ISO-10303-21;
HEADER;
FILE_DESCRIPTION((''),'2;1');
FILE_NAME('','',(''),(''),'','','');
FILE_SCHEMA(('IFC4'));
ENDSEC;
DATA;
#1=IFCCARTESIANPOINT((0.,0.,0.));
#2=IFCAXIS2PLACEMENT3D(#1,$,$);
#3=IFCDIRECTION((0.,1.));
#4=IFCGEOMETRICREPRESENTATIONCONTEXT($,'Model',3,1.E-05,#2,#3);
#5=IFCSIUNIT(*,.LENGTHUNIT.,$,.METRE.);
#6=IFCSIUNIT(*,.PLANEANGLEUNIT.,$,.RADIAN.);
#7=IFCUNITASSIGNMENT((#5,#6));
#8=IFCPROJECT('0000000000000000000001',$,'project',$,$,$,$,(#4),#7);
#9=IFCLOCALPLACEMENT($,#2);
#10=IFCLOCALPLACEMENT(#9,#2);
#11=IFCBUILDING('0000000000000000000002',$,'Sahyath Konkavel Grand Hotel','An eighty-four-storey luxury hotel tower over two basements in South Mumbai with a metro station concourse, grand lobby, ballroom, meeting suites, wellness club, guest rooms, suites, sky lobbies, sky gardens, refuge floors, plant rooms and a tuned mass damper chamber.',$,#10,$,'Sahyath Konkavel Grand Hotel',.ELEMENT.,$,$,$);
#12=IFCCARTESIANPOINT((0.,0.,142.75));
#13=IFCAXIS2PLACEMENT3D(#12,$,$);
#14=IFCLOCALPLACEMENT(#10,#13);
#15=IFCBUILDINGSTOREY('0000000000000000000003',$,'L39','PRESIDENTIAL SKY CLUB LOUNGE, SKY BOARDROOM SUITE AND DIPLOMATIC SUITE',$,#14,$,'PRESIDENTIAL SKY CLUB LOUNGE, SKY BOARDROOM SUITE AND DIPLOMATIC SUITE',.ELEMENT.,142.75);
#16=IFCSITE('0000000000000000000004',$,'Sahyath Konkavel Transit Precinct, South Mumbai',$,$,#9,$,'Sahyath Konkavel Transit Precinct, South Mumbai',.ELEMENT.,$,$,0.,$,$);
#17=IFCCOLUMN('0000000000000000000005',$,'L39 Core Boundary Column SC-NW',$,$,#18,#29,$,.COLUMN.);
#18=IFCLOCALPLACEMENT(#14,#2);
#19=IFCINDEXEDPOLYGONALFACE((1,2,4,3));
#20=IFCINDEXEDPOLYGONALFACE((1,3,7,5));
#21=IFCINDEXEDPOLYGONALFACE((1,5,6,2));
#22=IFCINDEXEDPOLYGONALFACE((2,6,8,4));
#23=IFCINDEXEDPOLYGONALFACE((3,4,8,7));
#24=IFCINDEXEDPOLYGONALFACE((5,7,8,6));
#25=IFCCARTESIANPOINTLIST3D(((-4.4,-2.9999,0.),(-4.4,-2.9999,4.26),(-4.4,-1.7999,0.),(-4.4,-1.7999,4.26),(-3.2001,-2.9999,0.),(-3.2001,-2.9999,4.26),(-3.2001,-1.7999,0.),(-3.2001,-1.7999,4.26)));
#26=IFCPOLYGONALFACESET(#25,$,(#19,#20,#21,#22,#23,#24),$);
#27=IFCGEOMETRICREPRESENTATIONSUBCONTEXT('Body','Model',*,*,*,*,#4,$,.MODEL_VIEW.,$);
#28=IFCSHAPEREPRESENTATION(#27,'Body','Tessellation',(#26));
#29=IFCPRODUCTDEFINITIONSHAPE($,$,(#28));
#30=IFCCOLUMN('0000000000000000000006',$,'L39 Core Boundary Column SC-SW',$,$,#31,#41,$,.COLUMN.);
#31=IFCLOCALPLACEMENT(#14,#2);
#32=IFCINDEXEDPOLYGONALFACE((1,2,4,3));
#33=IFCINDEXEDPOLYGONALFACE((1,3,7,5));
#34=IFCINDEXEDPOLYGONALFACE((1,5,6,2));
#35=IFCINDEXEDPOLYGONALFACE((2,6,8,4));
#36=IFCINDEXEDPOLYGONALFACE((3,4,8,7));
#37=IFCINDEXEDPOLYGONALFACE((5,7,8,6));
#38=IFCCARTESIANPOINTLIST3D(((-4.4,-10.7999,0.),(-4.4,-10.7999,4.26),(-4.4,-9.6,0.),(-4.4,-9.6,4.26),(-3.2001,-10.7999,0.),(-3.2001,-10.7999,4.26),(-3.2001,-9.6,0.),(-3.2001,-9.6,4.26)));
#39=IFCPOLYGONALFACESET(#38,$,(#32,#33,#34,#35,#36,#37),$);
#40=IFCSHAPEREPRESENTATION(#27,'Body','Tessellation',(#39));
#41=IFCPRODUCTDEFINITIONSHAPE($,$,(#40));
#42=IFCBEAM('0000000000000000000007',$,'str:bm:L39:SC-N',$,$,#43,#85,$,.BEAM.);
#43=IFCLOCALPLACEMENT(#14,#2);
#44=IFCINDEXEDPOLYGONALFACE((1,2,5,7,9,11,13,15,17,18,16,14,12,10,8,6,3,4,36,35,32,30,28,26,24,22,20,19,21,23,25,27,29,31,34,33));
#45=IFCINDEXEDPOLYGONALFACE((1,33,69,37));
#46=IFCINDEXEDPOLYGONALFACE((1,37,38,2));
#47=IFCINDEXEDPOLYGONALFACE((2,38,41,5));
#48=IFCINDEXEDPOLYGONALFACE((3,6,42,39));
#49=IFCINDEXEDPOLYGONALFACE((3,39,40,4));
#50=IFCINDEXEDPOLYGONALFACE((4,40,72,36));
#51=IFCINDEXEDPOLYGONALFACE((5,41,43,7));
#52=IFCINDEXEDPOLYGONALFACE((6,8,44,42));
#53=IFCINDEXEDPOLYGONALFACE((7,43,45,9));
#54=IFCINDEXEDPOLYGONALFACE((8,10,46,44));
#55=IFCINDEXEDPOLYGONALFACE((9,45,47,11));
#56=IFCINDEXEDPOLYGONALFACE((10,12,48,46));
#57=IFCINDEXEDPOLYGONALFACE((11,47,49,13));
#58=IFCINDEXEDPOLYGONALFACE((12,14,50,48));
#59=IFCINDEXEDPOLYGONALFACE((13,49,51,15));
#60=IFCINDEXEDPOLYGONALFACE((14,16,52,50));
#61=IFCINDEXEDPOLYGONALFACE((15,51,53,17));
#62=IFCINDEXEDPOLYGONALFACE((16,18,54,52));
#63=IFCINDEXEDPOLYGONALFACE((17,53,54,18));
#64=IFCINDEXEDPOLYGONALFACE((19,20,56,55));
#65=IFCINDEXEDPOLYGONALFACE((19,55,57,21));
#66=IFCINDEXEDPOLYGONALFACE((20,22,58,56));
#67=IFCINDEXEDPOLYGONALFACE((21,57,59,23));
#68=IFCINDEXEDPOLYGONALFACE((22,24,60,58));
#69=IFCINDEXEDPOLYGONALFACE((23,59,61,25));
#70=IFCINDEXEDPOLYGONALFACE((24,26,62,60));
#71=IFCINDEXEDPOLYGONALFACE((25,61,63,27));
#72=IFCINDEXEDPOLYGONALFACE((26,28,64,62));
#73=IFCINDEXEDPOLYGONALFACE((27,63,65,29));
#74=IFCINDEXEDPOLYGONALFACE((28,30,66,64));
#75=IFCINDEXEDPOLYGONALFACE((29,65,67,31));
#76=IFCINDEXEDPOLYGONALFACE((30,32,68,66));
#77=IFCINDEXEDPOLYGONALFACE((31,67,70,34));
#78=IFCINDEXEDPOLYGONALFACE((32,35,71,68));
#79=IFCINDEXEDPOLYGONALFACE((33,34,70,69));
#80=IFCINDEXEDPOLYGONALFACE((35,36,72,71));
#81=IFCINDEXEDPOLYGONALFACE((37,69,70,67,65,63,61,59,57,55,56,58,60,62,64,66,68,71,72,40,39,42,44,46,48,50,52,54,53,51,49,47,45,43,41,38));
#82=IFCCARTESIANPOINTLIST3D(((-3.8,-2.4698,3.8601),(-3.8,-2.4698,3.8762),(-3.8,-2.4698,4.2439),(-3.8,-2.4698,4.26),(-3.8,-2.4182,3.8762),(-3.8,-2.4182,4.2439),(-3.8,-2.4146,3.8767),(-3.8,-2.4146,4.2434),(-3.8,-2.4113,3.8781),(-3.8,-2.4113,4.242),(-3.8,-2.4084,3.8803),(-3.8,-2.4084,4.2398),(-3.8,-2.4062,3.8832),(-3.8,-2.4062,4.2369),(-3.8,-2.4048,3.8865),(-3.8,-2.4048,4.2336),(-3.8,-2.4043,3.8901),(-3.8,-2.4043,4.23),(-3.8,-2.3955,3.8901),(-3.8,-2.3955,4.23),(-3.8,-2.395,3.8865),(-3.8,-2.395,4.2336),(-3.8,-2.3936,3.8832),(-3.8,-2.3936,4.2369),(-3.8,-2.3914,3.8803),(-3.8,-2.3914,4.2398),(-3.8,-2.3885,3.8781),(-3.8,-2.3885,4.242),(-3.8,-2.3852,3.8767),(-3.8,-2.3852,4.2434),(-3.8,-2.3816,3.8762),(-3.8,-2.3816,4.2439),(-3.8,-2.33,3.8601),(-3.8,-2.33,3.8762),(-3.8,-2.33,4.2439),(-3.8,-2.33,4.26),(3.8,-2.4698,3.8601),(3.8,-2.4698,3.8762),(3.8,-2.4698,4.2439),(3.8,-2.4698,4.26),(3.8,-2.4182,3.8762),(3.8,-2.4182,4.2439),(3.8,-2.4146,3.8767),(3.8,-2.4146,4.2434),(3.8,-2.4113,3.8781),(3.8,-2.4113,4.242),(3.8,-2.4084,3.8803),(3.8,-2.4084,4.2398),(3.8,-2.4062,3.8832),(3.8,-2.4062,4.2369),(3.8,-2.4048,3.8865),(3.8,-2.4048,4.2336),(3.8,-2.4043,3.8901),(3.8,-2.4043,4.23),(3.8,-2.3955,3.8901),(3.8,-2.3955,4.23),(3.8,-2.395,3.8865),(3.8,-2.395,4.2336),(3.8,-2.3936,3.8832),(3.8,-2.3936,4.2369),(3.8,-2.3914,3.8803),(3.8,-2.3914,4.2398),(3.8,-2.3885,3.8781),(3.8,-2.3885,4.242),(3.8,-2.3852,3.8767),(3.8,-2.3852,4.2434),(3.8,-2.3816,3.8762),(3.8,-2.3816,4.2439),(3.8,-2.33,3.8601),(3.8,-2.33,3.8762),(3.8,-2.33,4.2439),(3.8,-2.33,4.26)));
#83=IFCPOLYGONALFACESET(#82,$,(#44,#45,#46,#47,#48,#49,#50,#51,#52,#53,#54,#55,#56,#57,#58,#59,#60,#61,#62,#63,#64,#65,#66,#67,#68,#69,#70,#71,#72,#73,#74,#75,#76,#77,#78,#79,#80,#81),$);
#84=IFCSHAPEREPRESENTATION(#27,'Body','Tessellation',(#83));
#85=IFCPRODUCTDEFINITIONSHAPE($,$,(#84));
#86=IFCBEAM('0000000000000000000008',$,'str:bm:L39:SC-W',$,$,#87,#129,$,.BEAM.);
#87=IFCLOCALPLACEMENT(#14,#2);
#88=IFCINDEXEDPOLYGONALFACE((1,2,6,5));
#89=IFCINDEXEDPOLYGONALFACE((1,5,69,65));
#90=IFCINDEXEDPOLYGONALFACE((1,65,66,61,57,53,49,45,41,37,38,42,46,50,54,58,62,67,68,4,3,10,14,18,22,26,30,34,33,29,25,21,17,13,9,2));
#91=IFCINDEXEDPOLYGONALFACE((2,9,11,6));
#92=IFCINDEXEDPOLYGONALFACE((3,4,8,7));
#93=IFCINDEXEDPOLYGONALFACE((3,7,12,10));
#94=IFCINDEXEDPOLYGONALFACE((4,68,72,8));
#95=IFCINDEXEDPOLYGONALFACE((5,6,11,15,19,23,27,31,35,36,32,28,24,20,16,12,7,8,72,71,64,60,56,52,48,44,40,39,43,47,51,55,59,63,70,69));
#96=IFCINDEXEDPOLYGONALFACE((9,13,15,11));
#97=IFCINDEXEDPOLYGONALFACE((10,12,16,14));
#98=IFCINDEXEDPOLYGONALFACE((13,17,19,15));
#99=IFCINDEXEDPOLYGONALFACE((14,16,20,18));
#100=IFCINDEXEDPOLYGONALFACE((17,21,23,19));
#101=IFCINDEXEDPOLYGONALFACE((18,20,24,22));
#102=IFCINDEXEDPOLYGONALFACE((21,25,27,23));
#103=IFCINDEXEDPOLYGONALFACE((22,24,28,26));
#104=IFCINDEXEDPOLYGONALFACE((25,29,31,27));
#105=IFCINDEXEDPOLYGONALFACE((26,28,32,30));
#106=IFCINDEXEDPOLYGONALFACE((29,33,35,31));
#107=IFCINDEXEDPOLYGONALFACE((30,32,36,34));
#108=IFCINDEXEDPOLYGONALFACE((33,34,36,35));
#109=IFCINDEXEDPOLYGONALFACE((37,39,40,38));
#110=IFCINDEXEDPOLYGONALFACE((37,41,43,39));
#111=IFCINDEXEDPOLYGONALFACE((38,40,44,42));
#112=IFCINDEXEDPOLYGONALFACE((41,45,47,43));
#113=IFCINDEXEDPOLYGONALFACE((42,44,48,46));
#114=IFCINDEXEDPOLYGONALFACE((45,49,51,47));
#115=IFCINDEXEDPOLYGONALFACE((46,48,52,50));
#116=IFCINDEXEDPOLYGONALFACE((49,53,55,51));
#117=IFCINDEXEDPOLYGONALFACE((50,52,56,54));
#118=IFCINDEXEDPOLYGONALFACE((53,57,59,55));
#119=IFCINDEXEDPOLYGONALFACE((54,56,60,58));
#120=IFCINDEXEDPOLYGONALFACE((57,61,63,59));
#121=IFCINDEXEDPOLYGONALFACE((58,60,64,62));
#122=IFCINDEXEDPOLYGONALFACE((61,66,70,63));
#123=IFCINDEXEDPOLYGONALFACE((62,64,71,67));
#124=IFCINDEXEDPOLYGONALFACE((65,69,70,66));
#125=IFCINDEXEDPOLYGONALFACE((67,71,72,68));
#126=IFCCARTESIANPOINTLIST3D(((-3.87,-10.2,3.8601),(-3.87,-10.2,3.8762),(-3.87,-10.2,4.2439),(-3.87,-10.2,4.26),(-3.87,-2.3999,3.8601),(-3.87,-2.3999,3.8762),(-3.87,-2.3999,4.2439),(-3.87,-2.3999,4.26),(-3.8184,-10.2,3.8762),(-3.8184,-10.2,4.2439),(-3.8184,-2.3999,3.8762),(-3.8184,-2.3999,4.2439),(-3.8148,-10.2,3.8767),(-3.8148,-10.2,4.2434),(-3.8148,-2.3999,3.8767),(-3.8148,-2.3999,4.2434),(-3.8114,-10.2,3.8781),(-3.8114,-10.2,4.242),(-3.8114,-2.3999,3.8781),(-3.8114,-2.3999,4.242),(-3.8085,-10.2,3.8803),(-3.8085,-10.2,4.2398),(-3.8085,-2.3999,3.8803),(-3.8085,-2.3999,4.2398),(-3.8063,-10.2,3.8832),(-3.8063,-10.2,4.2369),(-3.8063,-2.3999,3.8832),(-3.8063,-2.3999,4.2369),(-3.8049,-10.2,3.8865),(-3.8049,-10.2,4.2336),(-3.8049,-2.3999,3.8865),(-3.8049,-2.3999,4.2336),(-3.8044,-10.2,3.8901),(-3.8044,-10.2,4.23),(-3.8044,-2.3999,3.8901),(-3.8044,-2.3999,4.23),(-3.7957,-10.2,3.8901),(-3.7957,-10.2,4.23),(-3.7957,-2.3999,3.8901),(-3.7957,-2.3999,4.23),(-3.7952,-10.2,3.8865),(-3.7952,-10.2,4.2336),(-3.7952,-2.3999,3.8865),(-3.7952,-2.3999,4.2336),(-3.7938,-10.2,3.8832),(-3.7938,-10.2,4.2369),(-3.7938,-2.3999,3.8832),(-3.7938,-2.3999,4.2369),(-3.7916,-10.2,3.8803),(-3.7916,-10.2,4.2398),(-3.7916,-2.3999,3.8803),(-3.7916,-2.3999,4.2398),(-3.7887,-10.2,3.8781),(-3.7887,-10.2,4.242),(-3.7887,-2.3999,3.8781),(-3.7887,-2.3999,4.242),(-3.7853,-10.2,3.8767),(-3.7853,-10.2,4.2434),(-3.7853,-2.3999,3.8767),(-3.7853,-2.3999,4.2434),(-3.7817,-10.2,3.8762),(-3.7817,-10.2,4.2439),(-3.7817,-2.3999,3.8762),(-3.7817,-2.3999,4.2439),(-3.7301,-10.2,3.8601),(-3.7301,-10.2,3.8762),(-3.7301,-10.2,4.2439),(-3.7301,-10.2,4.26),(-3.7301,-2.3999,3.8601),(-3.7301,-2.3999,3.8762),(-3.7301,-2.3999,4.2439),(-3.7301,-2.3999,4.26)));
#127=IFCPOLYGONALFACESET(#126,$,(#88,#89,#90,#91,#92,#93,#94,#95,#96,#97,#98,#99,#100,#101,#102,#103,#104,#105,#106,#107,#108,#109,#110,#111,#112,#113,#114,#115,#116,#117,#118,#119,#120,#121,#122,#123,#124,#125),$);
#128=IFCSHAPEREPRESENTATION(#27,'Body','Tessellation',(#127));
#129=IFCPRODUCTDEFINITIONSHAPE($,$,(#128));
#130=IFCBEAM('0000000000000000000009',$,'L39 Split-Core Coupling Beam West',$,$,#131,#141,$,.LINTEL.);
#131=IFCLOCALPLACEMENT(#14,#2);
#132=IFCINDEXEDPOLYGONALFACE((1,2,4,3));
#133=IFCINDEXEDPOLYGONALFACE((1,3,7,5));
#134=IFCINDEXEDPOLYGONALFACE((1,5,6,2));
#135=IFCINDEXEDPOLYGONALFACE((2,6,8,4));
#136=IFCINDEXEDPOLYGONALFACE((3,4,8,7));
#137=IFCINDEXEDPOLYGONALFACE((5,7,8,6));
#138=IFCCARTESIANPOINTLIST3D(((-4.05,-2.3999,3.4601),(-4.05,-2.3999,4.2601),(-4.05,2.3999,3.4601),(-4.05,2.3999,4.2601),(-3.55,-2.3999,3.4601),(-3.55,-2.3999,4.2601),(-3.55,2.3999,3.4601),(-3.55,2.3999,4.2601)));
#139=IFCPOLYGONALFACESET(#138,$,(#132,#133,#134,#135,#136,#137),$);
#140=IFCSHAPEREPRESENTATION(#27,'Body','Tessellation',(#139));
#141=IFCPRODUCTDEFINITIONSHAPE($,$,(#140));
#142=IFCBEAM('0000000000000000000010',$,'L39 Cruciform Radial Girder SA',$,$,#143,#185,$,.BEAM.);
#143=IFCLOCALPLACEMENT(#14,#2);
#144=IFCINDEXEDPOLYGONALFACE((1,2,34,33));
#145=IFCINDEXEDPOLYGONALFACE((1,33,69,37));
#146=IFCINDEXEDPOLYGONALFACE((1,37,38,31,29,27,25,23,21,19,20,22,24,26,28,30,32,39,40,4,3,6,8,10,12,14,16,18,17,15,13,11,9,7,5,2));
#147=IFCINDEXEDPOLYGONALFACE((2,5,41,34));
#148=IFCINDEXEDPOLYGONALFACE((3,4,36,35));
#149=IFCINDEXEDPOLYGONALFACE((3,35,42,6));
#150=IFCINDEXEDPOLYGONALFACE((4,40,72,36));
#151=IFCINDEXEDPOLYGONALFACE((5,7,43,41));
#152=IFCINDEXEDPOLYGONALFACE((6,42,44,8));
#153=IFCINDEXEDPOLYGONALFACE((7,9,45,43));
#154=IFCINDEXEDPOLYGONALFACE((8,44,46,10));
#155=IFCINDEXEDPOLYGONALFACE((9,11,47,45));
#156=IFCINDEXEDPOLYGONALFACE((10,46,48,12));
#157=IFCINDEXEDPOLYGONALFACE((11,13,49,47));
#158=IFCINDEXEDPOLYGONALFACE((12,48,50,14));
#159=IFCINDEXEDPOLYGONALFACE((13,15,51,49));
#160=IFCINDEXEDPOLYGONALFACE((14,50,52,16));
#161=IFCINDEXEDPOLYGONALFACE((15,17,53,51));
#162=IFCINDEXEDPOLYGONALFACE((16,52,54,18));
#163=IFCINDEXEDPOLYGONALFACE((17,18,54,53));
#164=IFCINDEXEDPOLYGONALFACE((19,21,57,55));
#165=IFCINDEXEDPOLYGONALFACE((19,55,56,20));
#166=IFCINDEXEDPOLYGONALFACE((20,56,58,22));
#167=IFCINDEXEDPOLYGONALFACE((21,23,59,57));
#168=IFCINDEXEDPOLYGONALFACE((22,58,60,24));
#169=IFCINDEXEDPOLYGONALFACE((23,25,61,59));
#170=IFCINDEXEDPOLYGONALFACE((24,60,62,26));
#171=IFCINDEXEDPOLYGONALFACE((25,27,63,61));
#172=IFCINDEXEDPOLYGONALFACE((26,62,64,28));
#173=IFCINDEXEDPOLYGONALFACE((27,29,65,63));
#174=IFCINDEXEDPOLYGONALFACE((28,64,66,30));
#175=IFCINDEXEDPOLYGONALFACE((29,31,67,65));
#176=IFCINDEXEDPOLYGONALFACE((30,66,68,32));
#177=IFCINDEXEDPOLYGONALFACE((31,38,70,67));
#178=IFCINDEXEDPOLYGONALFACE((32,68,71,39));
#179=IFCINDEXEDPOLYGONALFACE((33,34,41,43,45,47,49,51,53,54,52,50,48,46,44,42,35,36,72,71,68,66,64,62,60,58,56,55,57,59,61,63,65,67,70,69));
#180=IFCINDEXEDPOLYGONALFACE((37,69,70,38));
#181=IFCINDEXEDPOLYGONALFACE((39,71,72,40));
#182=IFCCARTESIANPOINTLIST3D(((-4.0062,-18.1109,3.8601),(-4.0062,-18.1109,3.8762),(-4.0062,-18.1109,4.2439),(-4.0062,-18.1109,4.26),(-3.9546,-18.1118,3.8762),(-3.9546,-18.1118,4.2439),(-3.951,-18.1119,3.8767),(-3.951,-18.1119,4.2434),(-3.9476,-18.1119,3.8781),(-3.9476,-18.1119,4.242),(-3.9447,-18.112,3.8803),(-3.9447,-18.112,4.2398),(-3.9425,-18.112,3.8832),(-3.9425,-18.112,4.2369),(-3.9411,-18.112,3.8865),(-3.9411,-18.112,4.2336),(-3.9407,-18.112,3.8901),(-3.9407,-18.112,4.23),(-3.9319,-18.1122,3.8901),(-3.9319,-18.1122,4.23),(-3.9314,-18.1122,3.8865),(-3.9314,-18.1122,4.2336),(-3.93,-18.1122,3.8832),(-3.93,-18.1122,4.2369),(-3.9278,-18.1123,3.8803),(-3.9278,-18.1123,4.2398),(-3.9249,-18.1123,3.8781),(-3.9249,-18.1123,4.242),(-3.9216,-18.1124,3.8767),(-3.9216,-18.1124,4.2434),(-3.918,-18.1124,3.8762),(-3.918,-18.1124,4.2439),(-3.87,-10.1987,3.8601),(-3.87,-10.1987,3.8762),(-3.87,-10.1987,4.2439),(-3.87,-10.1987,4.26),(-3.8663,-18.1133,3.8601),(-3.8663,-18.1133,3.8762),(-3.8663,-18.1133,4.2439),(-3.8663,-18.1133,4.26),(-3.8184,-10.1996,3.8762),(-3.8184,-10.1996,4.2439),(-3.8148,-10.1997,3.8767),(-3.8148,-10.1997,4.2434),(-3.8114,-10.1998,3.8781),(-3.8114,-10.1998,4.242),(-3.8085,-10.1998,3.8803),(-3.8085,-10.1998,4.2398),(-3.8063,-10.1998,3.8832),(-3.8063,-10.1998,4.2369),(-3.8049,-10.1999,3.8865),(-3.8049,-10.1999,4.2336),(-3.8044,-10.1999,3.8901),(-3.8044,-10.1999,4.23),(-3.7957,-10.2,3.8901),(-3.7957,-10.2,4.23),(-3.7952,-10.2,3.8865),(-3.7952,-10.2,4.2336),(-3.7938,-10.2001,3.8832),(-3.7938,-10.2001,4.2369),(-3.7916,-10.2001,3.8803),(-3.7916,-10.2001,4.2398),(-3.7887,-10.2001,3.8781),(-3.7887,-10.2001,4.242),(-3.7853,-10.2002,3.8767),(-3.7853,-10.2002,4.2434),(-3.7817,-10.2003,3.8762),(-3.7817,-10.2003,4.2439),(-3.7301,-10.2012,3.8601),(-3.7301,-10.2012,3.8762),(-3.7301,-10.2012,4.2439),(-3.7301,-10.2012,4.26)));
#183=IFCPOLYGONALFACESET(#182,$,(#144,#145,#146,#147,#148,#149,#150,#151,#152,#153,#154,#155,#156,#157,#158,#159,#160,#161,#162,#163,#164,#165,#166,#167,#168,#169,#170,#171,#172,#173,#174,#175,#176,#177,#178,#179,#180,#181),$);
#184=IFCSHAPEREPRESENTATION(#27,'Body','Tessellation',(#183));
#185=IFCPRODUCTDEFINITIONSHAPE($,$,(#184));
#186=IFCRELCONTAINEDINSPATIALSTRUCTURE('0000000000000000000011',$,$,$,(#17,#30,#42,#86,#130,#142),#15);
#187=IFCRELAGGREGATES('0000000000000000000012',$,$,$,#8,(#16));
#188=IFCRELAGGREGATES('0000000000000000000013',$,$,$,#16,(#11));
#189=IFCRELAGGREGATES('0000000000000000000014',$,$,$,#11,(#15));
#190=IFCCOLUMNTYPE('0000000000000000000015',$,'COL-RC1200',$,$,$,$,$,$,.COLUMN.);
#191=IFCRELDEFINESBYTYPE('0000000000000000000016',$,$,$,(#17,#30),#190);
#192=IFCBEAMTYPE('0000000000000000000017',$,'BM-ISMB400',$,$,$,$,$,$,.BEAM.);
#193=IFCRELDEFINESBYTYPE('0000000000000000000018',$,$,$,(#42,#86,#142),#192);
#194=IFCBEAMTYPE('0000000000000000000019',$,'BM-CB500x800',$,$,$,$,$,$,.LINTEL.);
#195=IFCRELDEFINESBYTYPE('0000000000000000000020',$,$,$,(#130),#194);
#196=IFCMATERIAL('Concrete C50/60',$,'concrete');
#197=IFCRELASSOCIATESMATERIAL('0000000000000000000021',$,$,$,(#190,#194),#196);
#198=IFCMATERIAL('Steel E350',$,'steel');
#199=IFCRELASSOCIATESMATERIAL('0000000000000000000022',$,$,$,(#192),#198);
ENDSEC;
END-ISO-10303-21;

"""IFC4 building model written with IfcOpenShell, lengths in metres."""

from ifc_helpers import new_model, si_unit, direction, frame, origin, origin_2d, place, context, subcontext, project, spatial, rectangle, i_section, extrude, source, transform, mapped, material, material_profile, profile_set, type_object, element, save


model = new_model("IFC4")

# Units and contexts
model_context = context("Model", 3, precision=1e-05, world=origin(), true_north=direction((0.0, 1.0)))
body_context = subcontext(model_context, "Body", "Model", "MODEL_VIEW")
ifc_project = project(units=[si_unit("LENGTHUNIT", "METRE"), si_unit("PLANEANGLEUNIT", "RADIAN")], contexts=[model_context])

# Site, building, storey
site_placement = place(None, origin())
site = spatial("IfcSite", under=ifc_project, at=site_placement, Name="Sahyath Konkavel Transit Precinct, South Mumbai", LongName="Sahyath Konkavel Transit Precinct, South Mumbai", CompositionType="ELEMENT", RefElevation=0.0)
building_placement = place(site_placement, origin())
building = spatial("IfcBuilding", under=site, at=building_placement, Name="Sahyath Konkavel Grand Hotel", Description="An eighty-four-storey luxury hotel tower over two basements in South Mumbai with a metro station concourse, grand lobby, ballroom, meeting suites, wellness club, guest rooms, suites, sky lobbies, sky gardens, refuge floors, plant rooms and a tuned mass damper chamber.", LongName="Sahyath Konkavel Grand Hotel", CompositionType="ELEMENT")
storey_placement = place(building_placement, frame((0.0, 0.0, 142.75)))
storey = spatial("IfcBuildingStorey", under=building, at=storey_placement, Name="L39", Description="PRESIDENTIAL SKY CLUB LOUNGE, SKY BOARDROOM SUITE AND DIPLOMATIC SUITE", LongName="PRESIDENTIAL SKY CLUB LOUNGE, SKY BOARDROOM SUITE AND DIPLOMATIC SUITE", CompositionType="ELEMENT", Elevation=142.75)

# Columns
ifc_material_1 = material(Name="Concrete C50/60", Category="concrete")
ifc_material_profile_1 = material_profile(ifc_material_1, rectangle(XDim=1.2, YDim=1.2, at=origin_2d()), Name="RC 1200x1200")
ifc_profile_set_1 = profile_set([ifc_material_profile_1], Name="Concrete C50/60")
column_type = type_object("IfcColumnType", Name="COL-RC1200", PredefinedType="COLUMN", material=ifc_profile_set_1)
shared_shape_1 = source(origin(), body_context, "Body", "SweptSolid", [
    extrude(rectangle(XDim=1.2, YDim=1.2, at=origin_2d()), origin(), (0.0, 0.0, 1.0), 4.26),
])
for number, where, z_axis, x_axis, name in (
    (1, (-3.8, -2.3999, 0.0), (0.0, 0.0, 1.0), (1.0, 0.0, 0.0), "L39 Core Boundary Column SC-NW"),
    (2, (-3.8, -10.2, 0.0), (0.0, 0.0, 1.0), (1.0, 0.0, 0.0), "L39 Core Boundary Column SC-SW"),
):
    element("IfcColumn", number, at=place(storey_placement, frame(where, z_axis=z_axis, x_axis=x_axis)), inside=storey, type_object=column_type, Name=name, PredefinedType="COLUMN", context=body_context, shape_type="MappedRepresentation", body=[
        mapped(shared_shape_1, transform((0.0, 0.0, 0.0), scale=1.0)),
    ])

# Beams
ifc_material_2 = material(Name="Steel E350", Category="steel")
ifc_material_profile_2 = material_profile(ifc_material_2, i_section(OverallWidth=0.1399, OverallDepth=0.3999, WebThickness=0.0088, FlangeThickness=0.0161, FilletRadius=0.0139, at=origin_2d()), Name="ISMB 400")
ifc_profile_set_2 = profile_set([ifc_material_profile_2], Name="Steel E350")
beam_type_1 = type_object("IfcBeamType", Name="BM-ISMB400", PredefinedType="BEAM", material=ifc_profile_set_2)
shared_shape_2 = source(origin(), body_context, "Body", "SweptSolid", [
    extrude(i_section(OverallWidth=0.1399, OverallDepth=0.3999, WebThickness=0.0088, FlangeThickness=0.0161, FilletRadius=0.0139, at=origin_2d()), origin(), (0.0, 0.0, 1.0), 7.6001),
])
beam_1_placement = place(storey_placement, frame((-3.8, -2.3999, 4.0601), z_axis=(1.0, 0.0, 0.0), x_axis=(0.0, 1.0, 0.0)))
element("IfcBeam", 3, at=beam_1_placement, inside=storey, type_object=beam_type_1, Name="str:bm:L39:SC-N", PredefinedType="BEAM", context=body_context, shape_type="MappedRepresentation", body=[
    mapped(shared_shape_2, transform((0.0, 0.0, 0.0), scale=1.0)),
])
shared_shape_3 = source(origin(), body_context, "Body", "SweptSolid", [
    extrude(i_section(OverallWidth=0.1399, OverallDepth=0.3999, WebThickness=0.0088, FlangeThickness=0.0161, FilletRadius=0.0139, at=origin_2d()), origin(), (0.0, 0.0, 1.0), 7.8),
])
beam_2_placement = place(storey_placement, frame((-3.8, -10.2, 4.0601), z_axis=(0.0, 1.0, 0.0), x_axis=(-1.0, 0.0, 0.0)))
element("IfcBeam", 4, at=beam_2_placement, inside=storey, type_object=beam_type_1, Name="str:bm:L39:SC-W", PredefinedType="BEAM", context=body_context, shape_type="MappedRepresentation", body=[
    mapped(shared_shape_3, transform((0.0, 0.0, 0.0), scale=1.0)),
])
ifc_material_profile_3 = material_profile(ifc_material_1, rectangle(XDim=0.5, YDim=0.8, at=origin_2d()), Name="RC 500x800")
ifc_profile_set_3 = profile_set([ifc_material_profile_3], Name="Concrete C50/60")
beam_type_2 = type_object("IfcBeamType", Name="BM-CB500x800", PredefinedType="LINTEL", material=ifc_profile_set_3)
shared_shape_4 = source(origin(), body_context, "Body", "SweptSolid", [
    extrude(rectangle(XDim=0.5, YDim=0.8, at=origin_2d()), origin(), (0.0, 0.0, 1.0), 4.7998),
])
beam_3_placement = place(storey_placement, frame((-3.8, -2.3999, 3.8601), z_axis=(0.0, 1.0, 0.0), x_axis=(-1.0, 0.0, 0.0)))
element("IfcBeam", 5, at=beam_3_placement, inside=storey, type_object=beam_type_2, Name="L39 Split-Core Coupling Beam West", PredefinedType="LINTEL", context=body_context, shape_type="MappedRepresentation", body=[
    mapped(shared_shape_4, transform((0.0, 0.0, 0.0), scale=1.0)),
])
shared_shape_5 = source(origin(), body_context, "Body", "SweptSolid", [
    extrude(i_section(OverallWidth=0.1399, OverallDepth=0.3999, WebThickness=0.0088, FlangeThickness=0.0161, FilletRadius=0.0139, at=origin_2d()), origin(), (0.0, 0.0, 1.0), 7.9133),
])
beam_4_placement = place(storey_placement, frame((-3.8, -10.2, 4.0601), z_axis=(-0.017215, -0.999852, 0.0), x_axis=(0.999852, -0.017215, 0.0)))
element("IfcBeam", 6, at=beam_4_placement, inside=storey, type_object=beam_type_1, Name="L39 Cruciform Radial Girder SA", PredefinedType="BEAM", context=body_context, shape_type="MappedRepresentation", body=[
    mapped(shared_shape_5, transform((0.0, 0.0, 0.0), scale=1.0)),
])

save(model, "model.ifc")
